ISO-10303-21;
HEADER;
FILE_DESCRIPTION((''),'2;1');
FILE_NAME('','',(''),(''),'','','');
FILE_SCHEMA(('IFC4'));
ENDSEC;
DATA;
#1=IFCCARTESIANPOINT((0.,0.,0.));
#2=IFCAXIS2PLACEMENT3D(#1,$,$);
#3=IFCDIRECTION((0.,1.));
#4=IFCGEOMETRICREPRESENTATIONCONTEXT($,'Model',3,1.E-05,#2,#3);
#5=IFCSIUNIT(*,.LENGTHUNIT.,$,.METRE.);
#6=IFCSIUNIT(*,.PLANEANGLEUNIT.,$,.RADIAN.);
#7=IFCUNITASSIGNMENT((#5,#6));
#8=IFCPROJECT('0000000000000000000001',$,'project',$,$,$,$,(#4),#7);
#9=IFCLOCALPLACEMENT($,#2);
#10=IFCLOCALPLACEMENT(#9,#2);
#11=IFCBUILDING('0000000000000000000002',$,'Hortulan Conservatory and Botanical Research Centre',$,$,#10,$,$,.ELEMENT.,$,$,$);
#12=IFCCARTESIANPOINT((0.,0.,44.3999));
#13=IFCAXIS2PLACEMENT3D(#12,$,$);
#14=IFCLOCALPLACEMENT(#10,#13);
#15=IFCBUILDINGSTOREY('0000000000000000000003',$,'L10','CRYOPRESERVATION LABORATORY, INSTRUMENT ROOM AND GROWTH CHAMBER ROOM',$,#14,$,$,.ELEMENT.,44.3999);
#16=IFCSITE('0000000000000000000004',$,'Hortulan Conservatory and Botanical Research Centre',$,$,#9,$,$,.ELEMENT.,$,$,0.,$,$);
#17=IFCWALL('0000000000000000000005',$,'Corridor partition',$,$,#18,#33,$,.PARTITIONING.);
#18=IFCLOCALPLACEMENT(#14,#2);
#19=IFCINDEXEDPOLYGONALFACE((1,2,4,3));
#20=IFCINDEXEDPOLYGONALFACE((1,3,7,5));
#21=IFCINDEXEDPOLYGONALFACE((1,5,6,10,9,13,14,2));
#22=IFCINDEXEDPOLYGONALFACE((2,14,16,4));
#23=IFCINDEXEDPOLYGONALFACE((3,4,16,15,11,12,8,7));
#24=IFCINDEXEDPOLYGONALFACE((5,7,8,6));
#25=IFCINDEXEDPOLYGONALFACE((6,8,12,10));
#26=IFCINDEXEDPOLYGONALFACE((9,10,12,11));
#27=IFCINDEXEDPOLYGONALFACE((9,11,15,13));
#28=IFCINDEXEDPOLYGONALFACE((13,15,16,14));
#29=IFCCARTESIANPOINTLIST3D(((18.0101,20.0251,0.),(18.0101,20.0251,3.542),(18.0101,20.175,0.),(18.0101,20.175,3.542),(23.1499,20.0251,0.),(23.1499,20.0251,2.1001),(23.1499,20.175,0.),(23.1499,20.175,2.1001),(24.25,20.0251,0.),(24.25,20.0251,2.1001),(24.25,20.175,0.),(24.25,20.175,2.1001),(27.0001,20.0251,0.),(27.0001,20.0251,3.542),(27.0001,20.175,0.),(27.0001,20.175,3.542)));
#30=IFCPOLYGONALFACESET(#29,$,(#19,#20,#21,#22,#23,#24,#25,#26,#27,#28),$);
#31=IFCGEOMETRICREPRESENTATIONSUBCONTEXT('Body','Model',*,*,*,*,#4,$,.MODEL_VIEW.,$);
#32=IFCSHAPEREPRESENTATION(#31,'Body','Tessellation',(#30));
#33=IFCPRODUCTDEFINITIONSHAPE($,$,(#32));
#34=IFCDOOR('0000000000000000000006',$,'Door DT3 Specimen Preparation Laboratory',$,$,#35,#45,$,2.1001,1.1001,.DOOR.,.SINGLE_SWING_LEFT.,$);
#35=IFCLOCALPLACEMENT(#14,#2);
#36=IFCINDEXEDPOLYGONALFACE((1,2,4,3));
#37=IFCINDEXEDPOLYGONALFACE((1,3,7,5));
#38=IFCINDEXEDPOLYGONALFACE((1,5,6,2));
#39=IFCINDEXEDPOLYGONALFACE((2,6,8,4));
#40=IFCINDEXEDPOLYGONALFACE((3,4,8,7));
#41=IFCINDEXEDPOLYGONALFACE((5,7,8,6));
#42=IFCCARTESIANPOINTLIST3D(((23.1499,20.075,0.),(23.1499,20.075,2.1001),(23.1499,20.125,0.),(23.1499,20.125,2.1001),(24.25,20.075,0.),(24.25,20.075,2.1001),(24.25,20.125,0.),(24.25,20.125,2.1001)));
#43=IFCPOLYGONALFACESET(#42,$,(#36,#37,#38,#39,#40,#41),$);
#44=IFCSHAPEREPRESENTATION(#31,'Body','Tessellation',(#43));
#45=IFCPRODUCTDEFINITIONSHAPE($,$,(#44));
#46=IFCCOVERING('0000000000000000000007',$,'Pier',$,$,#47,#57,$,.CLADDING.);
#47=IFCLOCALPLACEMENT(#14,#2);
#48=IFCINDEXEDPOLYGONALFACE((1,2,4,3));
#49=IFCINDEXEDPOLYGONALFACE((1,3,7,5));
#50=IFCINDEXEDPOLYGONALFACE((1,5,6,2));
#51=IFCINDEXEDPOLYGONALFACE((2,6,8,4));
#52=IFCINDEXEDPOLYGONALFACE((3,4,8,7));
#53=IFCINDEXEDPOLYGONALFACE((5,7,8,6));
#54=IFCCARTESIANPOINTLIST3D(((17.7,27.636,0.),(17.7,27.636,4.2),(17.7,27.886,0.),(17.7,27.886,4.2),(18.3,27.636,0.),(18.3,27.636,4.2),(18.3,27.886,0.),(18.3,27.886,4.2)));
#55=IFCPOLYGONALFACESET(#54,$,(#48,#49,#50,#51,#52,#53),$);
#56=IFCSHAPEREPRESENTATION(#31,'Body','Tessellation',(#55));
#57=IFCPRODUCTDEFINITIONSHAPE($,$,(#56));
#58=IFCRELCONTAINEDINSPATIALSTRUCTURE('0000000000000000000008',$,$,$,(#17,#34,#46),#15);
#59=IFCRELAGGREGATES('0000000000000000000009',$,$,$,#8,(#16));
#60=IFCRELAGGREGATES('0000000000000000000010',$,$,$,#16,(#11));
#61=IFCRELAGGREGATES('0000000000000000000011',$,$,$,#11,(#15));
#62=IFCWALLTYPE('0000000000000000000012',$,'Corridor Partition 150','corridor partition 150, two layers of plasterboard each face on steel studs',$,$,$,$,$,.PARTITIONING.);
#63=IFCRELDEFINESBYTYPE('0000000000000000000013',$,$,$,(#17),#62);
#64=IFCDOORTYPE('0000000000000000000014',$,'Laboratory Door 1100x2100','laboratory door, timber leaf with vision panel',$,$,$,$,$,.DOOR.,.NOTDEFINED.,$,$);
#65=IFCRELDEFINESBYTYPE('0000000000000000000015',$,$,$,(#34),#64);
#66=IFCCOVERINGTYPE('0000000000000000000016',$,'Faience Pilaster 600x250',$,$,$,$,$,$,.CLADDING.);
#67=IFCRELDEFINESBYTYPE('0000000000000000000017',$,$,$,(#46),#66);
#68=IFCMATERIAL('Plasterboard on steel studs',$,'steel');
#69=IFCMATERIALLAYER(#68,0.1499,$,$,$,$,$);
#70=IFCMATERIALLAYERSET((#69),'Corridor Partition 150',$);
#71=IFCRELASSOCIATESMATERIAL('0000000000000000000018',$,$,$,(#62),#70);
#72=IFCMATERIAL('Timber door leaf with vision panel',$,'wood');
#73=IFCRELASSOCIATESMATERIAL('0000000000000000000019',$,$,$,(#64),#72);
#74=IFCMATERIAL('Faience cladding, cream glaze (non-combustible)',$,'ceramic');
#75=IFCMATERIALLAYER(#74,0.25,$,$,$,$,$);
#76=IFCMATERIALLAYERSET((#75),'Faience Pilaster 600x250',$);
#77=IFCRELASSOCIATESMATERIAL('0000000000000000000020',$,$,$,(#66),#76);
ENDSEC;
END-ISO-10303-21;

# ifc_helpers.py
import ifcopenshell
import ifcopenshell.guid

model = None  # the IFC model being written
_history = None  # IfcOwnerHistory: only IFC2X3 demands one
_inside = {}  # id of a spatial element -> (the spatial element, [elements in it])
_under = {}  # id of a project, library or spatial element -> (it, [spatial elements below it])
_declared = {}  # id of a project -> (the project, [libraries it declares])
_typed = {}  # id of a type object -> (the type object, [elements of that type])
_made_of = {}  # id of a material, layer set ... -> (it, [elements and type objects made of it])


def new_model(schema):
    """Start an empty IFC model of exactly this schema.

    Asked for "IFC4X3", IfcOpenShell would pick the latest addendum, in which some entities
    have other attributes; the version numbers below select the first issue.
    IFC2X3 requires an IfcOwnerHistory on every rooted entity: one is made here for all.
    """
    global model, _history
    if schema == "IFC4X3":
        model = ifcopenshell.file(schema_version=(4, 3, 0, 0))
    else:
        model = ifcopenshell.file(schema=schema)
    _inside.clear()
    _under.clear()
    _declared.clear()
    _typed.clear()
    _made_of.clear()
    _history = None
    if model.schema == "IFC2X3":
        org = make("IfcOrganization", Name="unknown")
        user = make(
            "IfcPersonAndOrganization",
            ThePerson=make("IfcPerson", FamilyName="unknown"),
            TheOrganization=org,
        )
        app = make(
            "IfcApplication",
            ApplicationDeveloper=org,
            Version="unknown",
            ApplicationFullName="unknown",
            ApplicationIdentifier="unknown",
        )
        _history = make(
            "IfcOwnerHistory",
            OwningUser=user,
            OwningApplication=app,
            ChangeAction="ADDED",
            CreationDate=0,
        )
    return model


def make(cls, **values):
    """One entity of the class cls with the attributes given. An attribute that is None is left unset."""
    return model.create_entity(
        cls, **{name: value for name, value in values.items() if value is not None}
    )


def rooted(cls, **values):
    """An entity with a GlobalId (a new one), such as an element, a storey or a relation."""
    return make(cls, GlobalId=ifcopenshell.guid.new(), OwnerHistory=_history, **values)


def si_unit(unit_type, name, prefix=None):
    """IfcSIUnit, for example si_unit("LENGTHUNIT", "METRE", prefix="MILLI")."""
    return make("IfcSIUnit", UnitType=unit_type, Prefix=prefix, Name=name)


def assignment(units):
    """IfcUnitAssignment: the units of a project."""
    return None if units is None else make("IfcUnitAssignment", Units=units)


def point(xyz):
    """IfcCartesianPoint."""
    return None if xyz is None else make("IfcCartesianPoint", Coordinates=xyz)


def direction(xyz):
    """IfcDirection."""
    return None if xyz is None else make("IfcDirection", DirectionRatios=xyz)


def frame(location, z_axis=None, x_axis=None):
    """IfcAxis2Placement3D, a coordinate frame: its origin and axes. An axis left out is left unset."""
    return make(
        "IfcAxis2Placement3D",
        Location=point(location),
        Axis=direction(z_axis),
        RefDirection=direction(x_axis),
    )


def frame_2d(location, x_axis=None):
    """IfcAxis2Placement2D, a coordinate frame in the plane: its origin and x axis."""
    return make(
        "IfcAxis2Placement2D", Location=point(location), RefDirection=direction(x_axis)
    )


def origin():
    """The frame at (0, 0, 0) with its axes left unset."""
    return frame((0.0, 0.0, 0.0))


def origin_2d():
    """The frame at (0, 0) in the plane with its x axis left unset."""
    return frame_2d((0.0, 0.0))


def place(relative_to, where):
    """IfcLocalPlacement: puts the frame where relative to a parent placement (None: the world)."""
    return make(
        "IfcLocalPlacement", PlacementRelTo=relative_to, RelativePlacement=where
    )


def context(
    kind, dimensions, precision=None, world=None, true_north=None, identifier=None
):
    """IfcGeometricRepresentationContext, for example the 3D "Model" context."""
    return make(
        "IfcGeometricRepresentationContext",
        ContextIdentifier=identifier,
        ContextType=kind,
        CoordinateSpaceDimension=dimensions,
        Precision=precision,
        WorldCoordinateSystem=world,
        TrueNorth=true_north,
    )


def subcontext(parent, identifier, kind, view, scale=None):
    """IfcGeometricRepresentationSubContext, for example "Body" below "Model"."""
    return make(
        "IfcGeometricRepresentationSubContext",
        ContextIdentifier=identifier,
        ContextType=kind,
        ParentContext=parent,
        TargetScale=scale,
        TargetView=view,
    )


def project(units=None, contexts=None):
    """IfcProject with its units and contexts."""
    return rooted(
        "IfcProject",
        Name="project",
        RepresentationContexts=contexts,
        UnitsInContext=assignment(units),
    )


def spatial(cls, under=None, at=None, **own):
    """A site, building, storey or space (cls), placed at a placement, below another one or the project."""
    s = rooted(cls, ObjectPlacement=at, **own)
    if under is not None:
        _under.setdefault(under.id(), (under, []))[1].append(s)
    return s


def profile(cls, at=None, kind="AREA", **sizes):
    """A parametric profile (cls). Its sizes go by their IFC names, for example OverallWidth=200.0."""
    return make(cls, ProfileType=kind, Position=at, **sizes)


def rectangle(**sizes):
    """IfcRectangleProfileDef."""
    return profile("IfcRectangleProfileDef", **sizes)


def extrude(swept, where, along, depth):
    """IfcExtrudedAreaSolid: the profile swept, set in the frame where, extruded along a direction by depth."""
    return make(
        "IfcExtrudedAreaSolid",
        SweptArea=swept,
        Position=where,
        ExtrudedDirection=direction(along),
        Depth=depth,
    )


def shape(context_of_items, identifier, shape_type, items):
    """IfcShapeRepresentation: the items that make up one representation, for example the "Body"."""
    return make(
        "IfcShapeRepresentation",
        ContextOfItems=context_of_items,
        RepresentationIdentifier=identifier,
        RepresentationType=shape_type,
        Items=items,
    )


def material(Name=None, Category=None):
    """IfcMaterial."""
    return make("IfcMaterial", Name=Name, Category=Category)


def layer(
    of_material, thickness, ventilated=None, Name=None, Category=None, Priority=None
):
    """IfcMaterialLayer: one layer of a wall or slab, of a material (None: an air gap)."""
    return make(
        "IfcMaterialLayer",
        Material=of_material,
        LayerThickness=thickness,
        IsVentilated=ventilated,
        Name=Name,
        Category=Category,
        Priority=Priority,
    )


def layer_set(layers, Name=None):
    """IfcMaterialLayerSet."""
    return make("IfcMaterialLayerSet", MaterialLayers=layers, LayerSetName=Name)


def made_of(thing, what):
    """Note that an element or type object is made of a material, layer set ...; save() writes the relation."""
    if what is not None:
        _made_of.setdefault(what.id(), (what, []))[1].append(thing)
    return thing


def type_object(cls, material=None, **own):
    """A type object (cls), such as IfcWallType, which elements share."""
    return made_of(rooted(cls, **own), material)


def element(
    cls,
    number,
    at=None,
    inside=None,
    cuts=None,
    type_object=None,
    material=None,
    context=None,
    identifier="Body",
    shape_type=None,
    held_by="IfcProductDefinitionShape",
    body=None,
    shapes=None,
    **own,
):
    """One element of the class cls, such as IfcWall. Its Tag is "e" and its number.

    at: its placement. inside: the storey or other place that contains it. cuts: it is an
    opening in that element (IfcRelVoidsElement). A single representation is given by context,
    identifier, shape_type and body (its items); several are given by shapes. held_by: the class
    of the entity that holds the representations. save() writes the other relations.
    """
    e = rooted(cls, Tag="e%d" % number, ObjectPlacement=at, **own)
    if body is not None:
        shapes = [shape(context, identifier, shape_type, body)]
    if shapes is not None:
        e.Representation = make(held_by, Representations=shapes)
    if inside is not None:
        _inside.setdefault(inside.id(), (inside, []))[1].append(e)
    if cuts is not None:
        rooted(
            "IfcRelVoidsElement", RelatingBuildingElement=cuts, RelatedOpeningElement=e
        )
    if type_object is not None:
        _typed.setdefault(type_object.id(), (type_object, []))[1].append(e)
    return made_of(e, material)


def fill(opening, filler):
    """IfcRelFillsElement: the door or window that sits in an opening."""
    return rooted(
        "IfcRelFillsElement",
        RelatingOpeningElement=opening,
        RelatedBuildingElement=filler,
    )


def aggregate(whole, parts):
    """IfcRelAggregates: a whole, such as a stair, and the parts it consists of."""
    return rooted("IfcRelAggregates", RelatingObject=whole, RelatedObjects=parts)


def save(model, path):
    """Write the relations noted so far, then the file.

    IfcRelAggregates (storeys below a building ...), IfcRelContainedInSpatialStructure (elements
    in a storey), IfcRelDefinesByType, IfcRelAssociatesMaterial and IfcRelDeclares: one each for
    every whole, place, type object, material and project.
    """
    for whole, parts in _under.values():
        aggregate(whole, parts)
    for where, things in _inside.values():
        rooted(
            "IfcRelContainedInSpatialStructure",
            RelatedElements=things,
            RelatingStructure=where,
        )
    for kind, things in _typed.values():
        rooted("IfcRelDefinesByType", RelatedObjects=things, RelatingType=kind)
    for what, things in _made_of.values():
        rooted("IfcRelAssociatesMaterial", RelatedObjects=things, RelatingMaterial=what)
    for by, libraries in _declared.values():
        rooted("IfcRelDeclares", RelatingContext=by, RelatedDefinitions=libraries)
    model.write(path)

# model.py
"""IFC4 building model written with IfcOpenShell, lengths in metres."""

from ifc_helpers import new_model, si_unit, direction, frame, frame_2d, origin, origin_2d, place, context, subcontext, project, spatial, rectangle, extrude, material, layer, layer_set, type_object, element, fill, save


model = new_model("IFC4")

# Units and contexts
model_context = context("Model", 3, precision=1e-05, world=origin(), true_north=direction((0.0, 1.0)))
body_context = subcontext(model_context, "Body", "Model", "MODEL_VIEW")
ifc_project = project(units=[si_unit("LENGTHUNIT", "METRE"), si_unit("PLANEANGLEUNIT", "RADIAN")], contexts=[model_context])

# Site, building, storey
site_placement = place(None, origin())
site = spatial("IfcSite", under=ifc_project, at=site_placement, Name="Hortulan Conservatory and Botanical Research Centre", CompositionType="ELEMENT", RefElevation=0.0)
building_placement = place(site_placement, origin())
building = spatial("IfcBuilding", under=site, at=building_placement, Name="Hortulan Conservatory and Botanical Research Centre", CompositionType="ELEMENT")
storey_placement = place(building_placement, frame((0.0, 0.0, 44.3999)))
storey = spatial("IfcBuildingStorey", under=building, at=storey_placement, Name="L10", Description="CRYOPRESERVATION LABORATORY, INSTRUMENT ROOM AND GROWTH CHAMBER ROOM", CompositionType="ELEMENT", Elevation=44.3999)

# Wall, opening, door
ifc_material_1 = material(Name="Plasterboard on steel studs", Category="steel")
ifc_layer_1 = layer(ifc_material_1, 0.1499)
ifc_layer_set_1 = layer_set([ifc_layer_1], Name="Corridor Partition 150")
wall_type_1 = type_object("IfcWallType", Name="Corridor Partition 150", Description="corridor partition 150, two layers of plasterboard each face on steel studs", PredefinedType="PARTITIONING", material=ifc_layer_set_1)
wall_1_placement = place(storey_placement, frame((18.01, 20.1001, 0.0), z_axis=(0.0, 0.0, 1.0), x_axis=(1.0, 0.0, 0.0)))
wall_1 = element("IfcWall", 1, at=wall_1_placement, inside=storey, type_object=wall_type_1, Name="Corridor partition", PredefinedType="PARTITIONING", context=body_context, shape_type="SweptSolid", body=[
    extrude(rectangle(XDim=8.99, YDim=0.1499, at=frame_2d((4.4951, 0.0))), origin(), (0.0, 0.0, 1.0), 3.542),
])
opening_placement = place(wall_1_placement, frame((5.1399, 0.0, 0.0)))
opening = element("IfcOpeningElement", 2, at=opening_placement, cuts=wall_1, PredefinedType="OPENING", context=body_context, shape_type="SweptSolid", body=[
    extrude(rectangle(XDim=1.1001, YDim=2.1001, at=frame_2d((0.55, 1.05))), frame((0.0, 0.085, 0.0), z_axis=(0.0, -1.0, 0.0), x_axis=(1.0, 0.0, 0.0)), (0.0, 0.0, 1.0), 0.1699),
])
ifc_material_2 = material(Name="Timber door leaf with vision panel", Category="wood")
door_type = type_object("IfcDoorType", Name="Laboratory Door 1100x2100", Description="laboratory door, timber leaf with vision panel", OperationType="NOTDEFINED", PredefinedType="DOOR", material=ifc_material_2)
door_placement = place(opening_placement, origin())
door = element("IfcDoor", 3, at=door_placement, inside=storey, type_object=door_type, Name="Door DT3 Specimen Preparation Laboratory", OperationType="SINGLE_SWING_LEFT", OverallHeight=2.1001, OverallWidth=1.1001, PredefinedType="DOOR", context=body_context, shape_type="SweptSolid", body=[
    extrude(rectangle(XDim=1.1001, YDim=2.1001, at=frame_2d((0.55, 1.05))), frame((0.0, 0.0249, 0.0), z_axis=(0.0, -1.0, 0.0), x_axis=(1.0, 0.0, 0.0)), (0.0, 0.0, 1.0), 0.05),
])
fill(opening, door)

# Covering
ifc_material_3 = material(Name="Faience cladding, cream glaze (non-combustible)", Category="ceramic")
ifc_layer_2 = layer(ifc_material_3, 0.25)
ifc_layer_set_2 = layer_set([ifc_layer_2], Name="Faience Pilaster 600x250")
covering_type = type_object("IfcCoveringType", Name="Faience Pilaster 600x250", PredefinedType="CLADDING", material=ifc_layer_set_2)
covering_placement = place(storey_placement, frame((18.0, 27.761, 0.0), z_axis=(0.0, 0.0, 1.0), x_axis=(1.0, 0.0, 0.0)))
element("IfcCovering", 4, at=covering_placement, inside=storey, type_object=covering_type, Name="Pier", PredefinedType="CLADDING", context=body_context, shape_type="SweptSolid", body=[
    extrude(rectangle(XDim=0.6001, YDim=0.25, at=origin_2d()), origin(), (0.0, 0.0, 1.0), 4.2),
])

save(model, "model.ifc")
